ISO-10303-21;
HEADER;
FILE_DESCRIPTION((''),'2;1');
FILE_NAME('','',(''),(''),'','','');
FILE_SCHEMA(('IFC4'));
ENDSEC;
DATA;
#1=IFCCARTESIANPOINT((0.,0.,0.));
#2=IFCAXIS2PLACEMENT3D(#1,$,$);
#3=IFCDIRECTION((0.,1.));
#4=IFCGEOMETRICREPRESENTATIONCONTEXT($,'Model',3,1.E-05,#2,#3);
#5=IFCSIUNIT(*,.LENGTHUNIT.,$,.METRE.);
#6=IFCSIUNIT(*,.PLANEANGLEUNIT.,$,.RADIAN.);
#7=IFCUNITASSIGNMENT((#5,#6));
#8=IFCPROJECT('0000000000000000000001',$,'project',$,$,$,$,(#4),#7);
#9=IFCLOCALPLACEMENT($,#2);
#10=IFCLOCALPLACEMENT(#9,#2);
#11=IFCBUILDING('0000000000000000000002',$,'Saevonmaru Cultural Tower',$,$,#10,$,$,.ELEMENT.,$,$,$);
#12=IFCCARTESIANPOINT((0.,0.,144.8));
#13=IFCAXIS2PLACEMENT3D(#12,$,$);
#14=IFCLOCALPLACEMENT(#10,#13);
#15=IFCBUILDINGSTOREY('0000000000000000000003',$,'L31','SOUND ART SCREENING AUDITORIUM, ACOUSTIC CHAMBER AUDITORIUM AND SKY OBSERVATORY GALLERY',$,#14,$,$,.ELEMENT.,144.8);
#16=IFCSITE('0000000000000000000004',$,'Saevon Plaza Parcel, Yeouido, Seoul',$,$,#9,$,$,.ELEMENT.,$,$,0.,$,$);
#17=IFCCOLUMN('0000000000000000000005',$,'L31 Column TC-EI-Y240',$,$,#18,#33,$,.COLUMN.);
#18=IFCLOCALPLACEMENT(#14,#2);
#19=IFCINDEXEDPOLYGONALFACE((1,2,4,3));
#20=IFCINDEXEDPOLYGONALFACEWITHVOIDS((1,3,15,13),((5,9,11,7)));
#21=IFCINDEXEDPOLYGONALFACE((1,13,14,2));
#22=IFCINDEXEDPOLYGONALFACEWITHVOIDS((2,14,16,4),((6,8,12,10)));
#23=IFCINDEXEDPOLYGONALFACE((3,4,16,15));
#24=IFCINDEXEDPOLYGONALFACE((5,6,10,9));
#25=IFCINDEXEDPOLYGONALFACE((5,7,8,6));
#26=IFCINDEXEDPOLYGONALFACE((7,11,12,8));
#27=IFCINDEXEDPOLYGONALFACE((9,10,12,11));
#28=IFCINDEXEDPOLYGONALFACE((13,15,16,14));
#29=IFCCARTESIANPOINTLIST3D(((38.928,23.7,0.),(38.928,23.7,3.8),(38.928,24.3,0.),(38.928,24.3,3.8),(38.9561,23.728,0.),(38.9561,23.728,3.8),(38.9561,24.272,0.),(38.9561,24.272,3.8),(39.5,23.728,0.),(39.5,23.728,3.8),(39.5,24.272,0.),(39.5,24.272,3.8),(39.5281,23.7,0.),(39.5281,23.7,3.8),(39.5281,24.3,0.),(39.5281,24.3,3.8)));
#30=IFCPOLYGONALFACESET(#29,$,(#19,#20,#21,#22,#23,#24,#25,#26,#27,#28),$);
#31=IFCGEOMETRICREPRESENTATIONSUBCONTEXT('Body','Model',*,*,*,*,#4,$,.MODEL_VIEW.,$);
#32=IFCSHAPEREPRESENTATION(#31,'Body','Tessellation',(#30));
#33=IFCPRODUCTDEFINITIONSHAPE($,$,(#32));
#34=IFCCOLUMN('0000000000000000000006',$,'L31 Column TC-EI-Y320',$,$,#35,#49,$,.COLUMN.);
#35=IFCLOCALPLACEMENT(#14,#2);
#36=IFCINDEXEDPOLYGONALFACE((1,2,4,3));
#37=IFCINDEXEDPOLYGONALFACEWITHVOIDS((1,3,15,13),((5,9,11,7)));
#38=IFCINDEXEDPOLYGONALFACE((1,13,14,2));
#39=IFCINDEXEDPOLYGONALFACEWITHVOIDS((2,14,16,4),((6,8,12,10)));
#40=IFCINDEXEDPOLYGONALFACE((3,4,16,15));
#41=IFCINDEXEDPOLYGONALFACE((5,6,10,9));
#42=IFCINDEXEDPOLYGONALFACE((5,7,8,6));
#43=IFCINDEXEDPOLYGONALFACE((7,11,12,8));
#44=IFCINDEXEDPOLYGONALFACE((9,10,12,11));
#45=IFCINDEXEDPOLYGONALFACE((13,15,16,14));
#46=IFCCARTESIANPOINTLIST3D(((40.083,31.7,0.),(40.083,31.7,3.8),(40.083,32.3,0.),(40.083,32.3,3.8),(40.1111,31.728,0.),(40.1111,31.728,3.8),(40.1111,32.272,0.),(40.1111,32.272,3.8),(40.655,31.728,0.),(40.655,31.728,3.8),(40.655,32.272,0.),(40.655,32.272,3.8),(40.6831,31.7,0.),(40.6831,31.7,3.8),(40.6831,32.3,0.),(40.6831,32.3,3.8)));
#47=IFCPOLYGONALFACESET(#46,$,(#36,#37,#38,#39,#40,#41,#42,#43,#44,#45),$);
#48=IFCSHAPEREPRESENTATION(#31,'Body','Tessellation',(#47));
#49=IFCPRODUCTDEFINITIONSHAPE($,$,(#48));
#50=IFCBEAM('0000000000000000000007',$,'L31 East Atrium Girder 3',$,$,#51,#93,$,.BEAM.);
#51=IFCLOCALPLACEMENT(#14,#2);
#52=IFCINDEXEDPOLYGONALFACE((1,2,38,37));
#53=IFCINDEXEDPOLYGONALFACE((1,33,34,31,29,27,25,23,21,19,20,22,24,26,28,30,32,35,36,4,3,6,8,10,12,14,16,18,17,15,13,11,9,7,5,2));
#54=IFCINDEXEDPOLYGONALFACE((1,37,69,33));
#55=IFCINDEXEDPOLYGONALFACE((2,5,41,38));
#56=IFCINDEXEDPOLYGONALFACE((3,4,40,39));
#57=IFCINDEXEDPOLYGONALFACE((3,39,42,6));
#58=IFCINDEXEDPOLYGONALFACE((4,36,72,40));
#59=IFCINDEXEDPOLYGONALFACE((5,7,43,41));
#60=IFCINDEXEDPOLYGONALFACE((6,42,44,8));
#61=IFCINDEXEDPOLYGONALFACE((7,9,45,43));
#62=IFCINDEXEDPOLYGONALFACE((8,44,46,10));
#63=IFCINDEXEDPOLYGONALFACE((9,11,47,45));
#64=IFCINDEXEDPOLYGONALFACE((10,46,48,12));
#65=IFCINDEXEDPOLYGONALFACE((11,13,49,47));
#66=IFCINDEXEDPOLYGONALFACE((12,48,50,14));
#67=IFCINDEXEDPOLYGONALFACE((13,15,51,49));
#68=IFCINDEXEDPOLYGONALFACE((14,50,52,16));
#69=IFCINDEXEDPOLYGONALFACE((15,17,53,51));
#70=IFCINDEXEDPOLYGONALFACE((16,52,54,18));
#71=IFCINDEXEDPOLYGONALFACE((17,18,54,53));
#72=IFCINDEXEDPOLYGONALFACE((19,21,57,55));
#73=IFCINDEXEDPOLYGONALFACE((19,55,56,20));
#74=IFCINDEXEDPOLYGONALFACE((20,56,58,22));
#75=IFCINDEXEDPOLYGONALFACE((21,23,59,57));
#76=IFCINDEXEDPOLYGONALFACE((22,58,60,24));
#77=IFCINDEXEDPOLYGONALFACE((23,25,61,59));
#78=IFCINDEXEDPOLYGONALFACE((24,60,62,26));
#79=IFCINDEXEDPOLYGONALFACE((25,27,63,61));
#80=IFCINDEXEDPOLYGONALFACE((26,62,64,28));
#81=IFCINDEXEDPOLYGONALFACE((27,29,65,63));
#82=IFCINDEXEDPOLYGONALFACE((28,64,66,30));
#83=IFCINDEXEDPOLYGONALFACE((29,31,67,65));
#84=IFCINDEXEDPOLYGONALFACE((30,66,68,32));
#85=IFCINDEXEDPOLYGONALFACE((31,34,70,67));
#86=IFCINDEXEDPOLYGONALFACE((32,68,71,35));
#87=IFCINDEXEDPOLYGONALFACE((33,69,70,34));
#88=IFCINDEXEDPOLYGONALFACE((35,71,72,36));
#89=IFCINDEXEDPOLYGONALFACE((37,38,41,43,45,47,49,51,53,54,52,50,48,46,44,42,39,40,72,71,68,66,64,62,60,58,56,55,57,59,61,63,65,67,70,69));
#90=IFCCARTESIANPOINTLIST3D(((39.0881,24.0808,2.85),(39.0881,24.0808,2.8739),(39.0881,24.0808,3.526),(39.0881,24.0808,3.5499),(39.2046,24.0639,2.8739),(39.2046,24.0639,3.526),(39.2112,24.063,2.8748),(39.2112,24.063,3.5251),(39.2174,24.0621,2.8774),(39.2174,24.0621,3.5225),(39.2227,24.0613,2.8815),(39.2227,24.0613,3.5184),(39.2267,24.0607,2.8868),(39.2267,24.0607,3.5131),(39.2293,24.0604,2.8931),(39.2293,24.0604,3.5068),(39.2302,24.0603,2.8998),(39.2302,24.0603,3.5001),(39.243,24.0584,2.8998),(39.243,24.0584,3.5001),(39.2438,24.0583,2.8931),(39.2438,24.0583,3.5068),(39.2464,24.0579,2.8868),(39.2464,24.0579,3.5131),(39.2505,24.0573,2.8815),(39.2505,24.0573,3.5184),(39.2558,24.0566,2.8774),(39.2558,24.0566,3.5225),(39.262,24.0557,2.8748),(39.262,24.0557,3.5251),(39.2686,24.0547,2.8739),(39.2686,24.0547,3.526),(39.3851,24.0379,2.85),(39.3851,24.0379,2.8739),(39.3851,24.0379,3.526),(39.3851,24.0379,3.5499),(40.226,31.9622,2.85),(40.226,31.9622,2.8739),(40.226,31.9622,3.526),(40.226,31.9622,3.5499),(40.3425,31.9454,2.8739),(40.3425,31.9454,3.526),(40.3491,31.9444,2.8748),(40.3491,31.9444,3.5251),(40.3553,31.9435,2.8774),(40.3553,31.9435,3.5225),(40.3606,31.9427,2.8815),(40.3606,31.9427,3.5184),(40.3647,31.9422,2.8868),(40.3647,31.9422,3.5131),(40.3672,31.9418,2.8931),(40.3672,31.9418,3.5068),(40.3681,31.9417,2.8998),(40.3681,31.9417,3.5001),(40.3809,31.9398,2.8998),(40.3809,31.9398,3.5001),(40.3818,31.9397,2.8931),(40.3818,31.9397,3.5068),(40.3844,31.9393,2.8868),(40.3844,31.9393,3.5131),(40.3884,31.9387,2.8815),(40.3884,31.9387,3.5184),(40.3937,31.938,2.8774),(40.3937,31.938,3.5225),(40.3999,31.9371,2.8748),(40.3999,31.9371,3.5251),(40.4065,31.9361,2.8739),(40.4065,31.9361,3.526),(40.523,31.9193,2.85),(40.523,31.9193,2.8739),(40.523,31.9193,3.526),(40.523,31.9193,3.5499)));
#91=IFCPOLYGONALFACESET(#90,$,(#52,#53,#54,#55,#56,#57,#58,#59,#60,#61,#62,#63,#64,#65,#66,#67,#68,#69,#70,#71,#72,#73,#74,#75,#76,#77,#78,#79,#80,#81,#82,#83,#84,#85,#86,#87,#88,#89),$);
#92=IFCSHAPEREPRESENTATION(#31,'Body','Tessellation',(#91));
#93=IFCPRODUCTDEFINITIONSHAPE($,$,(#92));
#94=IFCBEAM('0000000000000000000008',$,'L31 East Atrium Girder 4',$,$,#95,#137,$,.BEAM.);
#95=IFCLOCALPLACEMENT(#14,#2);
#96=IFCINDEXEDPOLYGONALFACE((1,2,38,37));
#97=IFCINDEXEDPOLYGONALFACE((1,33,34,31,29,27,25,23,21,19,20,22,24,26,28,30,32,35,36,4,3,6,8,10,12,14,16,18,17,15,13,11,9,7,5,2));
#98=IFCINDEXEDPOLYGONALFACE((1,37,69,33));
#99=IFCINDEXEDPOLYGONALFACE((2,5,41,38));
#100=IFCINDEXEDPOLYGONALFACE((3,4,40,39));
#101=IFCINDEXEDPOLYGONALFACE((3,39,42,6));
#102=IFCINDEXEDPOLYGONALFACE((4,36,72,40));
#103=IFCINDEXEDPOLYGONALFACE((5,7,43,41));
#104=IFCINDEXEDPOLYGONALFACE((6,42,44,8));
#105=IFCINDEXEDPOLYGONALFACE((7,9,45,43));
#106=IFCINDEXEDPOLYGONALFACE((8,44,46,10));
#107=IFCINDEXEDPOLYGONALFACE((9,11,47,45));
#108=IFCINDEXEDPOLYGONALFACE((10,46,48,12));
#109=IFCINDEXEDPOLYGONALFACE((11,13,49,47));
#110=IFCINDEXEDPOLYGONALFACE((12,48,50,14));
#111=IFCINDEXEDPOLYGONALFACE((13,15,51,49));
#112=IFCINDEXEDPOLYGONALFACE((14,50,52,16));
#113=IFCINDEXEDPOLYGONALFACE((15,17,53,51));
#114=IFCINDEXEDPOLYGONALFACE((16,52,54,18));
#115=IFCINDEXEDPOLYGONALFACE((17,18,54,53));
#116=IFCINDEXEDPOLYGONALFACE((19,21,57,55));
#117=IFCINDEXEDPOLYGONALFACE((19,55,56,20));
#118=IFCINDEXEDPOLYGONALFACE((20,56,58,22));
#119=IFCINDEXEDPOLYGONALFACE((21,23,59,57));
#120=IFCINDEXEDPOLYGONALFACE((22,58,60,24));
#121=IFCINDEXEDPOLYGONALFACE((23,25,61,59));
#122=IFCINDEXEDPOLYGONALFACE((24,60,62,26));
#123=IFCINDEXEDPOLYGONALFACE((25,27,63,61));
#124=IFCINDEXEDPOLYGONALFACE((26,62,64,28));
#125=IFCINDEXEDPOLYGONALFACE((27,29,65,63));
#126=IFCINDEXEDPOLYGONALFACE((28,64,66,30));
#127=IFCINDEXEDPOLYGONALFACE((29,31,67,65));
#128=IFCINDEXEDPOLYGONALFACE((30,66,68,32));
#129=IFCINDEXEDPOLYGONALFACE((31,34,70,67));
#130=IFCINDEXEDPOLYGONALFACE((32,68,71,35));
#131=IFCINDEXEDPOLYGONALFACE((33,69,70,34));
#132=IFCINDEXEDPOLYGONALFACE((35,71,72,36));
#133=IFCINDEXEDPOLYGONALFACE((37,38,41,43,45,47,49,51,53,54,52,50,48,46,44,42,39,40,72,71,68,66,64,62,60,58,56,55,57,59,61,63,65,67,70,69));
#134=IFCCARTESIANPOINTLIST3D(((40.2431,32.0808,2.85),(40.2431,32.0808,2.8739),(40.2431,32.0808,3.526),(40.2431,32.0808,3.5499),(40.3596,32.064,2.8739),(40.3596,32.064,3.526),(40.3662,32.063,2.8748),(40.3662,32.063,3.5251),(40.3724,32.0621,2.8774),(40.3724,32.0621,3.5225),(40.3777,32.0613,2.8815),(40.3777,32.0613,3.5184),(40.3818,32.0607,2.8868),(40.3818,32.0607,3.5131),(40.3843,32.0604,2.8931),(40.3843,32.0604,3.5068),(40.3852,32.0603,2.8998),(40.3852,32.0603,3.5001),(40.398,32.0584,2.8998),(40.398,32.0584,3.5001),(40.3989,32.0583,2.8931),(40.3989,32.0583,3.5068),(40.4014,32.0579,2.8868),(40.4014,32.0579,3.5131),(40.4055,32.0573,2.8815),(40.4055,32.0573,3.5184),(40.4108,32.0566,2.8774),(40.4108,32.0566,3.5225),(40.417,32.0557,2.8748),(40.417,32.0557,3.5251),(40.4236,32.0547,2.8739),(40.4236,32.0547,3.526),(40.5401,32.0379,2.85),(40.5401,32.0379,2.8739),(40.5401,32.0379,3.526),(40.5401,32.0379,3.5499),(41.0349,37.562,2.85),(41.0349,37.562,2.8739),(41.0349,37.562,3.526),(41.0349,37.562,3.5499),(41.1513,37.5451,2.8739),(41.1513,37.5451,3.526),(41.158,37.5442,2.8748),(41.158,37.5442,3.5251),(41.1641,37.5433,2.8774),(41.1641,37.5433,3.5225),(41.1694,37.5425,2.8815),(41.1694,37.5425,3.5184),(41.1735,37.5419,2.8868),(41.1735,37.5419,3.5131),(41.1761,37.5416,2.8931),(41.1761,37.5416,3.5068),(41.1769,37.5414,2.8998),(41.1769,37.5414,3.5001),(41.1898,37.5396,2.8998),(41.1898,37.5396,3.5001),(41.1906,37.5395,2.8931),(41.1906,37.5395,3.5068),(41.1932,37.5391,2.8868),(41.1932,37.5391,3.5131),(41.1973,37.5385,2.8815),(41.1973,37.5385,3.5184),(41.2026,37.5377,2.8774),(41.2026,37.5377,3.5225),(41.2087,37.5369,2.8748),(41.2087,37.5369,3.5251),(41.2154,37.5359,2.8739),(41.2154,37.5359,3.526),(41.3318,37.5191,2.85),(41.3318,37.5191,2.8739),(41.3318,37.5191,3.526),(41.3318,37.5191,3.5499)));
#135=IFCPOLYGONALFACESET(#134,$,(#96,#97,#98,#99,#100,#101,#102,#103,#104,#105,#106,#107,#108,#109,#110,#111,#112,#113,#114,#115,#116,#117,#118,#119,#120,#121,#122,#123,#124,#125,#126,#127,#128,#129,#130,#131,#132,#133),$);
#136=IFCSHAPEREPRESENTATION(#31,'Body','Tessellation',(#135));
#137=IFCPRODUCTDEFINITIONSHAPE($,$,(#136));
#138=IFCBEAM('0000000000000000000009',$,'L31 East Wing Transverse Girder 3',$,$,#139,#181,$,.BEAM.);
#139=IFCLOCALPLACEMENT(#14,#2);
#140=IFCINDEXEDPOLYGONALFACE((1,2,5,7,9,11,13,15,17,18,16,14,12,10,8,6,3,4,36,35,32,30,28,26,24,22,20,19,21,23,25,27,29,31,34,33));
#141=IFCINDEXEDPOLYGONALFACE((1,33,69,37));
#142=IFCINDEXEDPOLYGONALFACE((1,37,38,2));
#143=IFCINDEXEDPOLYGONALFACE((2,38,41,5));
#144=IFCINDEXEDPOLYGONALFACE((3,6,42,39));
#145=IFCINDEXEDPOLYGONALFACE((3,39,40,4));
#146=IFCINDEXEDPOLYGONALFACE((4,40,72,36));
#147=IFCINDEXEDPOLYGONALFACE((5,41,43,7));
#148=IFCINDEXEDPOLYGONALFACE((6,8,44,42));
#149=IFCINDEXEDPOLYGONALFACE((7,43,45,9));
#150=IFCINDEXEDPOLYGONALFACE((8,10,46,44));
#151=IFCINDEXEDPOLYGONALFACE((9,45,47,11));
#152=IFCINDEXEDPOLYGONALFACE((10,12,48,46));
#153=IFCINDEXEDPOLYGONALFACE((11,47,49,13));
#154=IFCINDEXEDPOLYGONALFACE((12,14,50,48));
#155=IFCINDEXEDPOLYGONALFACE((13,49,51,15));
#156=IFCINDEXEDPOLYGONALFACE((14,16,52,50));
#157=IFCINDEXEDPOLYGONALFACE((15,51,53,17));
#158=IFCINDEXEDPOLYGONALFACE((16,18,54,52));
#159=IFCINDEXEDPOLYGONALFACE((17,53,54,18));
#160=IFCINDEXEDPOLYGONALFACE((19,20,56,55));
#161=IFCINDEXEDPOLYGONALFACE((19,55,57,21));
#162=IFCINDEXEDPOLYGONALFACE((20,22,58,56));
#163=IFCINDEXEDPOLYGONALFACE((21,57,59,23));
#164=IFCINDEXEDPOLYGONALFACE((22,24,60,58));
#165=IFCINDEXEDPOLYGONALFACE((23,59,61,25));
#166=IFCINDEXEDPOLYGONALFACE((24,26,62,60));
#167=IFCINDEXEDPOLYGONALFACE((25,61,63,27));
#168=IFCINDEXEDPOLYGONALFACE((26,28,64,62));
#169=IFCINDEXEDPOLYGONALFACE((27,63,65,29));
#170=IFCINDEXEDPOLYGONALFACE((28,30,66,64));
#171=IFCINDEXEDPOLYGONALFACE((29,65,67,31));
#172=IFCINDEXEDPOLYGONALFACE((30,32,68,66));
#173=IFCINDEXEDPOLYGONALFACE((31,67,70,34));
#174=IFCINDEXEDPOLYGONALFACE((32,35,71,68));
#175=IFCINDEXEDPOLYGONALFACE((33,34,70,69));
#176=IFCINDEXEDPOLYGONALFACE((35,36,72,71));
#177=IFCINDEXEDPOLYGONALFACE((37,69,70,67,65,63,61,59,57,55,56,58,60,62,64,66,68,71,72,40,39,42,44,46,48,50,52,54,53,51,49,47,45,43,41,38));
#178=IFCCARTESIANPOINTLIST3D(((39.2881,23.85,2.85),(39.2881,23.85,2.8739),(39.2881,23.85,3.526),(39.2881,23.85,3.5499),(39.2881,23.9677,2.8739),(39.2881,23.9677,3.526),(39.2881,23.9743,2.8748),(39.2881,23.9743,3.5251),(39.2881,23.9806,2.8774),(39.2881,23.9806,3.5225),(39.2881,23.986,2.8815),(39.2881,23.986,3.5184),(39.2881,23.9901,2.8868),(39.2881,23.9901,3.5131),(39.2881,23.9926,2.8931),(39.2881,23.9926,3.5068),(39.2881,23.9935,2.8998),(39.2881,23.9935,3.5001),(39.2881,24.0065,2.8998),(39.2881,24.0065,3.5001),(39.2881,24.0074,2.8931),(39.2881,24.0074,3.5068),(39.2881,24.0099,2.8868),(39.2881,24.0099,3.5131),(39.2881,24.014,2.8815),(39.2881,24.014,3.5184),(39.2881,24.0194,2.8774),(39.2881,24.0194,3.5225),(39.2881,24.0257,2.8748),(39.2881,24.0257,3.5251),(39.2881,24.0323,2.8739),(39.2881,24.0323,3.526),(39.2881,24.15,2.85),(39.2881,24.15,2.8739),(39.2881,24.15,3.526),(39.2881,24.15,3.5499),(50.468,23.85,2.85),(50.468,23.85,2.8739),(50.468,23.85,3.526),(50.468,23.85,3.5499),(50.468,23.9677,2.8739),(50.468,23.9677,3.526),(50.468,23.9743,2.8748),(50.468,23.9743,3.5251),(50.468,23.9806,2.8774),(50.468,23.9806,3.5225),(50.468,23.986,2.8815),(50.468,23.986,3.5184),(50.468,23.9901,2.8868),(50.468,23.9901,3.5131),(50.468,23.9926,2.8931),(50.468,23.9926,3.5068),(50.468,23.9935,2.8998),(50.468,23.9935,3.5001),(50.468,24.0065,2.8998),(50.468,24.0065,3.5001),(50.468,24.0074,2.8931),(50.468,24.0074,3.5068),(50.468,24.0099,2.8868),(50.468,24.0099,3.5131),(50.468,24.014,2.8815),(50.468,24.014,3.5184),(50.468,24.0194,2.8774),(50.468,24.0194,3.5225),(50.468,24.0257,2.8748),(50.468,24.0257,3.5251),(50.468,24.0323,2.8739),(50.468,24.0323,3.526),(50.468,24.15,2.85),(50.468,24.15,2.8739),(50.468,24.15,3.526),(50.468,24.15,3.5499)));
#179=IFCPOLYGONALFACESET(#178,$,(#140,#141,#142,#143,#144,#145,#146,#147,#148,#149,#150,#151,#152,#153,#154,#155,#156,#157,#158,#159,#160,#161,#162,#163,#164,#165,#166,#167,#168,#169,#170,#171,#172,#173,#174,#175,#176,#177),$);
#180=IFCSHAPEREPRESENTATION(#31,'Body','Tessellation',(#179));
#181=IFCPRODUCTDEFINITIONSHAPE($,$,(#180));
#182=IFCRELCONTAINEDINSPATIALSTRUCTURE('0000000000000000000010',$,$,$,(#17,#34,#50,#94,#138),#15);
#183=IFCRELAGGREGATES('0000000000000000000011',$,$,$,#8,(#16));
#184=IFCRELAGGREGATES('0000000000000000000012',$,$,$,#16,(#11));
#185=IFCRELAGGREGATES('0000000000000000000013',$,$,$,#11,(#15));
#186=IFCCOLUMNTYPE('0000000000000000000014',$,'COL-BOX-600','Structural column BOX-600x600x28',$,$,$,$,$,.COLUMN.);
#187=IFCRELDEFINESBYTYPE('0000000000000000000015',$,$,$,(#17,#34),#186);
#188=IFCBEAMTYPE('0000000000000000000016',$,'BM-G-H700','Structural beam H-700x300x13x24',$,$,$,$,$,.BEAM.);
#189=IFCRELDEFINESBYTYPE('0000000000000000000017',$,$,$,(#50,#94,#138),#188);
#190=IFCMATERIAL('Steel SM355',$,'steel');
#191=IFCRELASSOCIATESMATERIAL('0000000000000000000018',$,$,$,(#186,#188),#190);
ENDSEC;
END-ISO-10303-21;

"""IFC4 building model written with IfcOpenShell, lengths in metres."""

from ifc_helpers import new_model, si_unit, direction, frame, origin, origin_2d, place, context, subcontext, project, spatial, hollow_rectangle, i_section, extrude, material, material_profile, profile_set, type_object, element, save


model = new_model("IFC4")

# Units and contexts
model_context = context("Model", 3, precision=1e-05, world=origin(), true_north=direction((0.0, 1.0)))
body_context = subcontext(model_context, "Body", "Model", "MODEL_VIEW")
ifc_project = project(units=[si_unit("LENGTHUNIT", "METRE"), si_unit("PLANEANGLEUNIT", "RADIAN")], contexts=[model_context])

# Site, building, storey
site_placement = place(None, origin())
site = spatial("IfcSite", under=ifc_project, at=site_placement, Name="Saevon Plaza Parcel, Yeouido, Seoul", CompositionType="ELEMENT", RefElevation=0.0)
building_placement = place(site_placement, origin())
building = spatial("IfcBuilding", under=site, at=building_placement, Name="Saevonmaru Cultural Tower", CompositionType="ELEMENT")
storey_placement = place(building_placement, frame((0.0, 0.0, 144.8)))
storey = spatial("IfcBuildingStorey", under=building, at=storey_placement, Name="L31", Description="SOUND ART SCREENING AUDITORIUM, ACOUSTIC CHAMBER AUDITORIUM AND SKY OBSERVATORY GALLERY", CompositionType="ELEMENT", Elevation=144.8)

# Columns
ifc_material_1 = material(Name="Steel SM355", Category="steel")
ifc_material_profile_1 = material_profile(ifc_material_1, hollow_rectangle(XDim=0.6001, YDim=0.6001, WallThickness=0.0281, at=origin_2d()), Name="BOX-600x600x28")
ifc_profile_set_1 = profile_set([ifc_material_profile_1], Name="Steel SM355")
column_type = type_object("IfcColumnType", Name="COL-BOX-600", Description="Structural column BOX-600x600x28", PredefinedType="COLUMN", material=ifc_profile_set_1)
for number, where, z_axis, x_axis, name in (
    (1, (39.228, 24.0, 0.0), (0.0, 0.0, 1.0), (1.0, 0.0, 0.0), "L31 Column TC-EI-Y240"),
    (2, (40.3831, 32.0, 0.0), (0.0, 0.0, 1.0), (1.0, 0.0, 0.0), "L31 Column TC-EI-Y320"),
):
    element("IfcColumn", number, at=place(storey_placement, frame(where, z_axis=z_axis, x_axis=x_axis)), inside=storey, type_object=column_type, Name=name, PredefinedType="COLUMN", context=body_context, shape_type="SweptSolid", body=[
        extrude(hollow_rectangle(XDim=0.6001, YDim=0.6001, WallThickness=0.0281, at=origin_2d()), origin(), (0.0, 0.0, 1.0), 3.8),
    ])

# Beams
ifc_material_profile_2 = material_profile(ifc_material_1, i_section(OverallWidth=0.3, OverallDepth=0.7, WebThickness=0.0129, FlangeThickness=0.0239, FilletRadius=0.0259, at=origin_2d()), Name="H-700x300x13x24")
ifc_profile_set_2 = profile_set([ifc_material_profile_2], Name="Steel SM355")
beam_type_1 = type_object("IfcBeamType", Name="BM-G-H700", Description="Structural beam H-700x300x13x24", PredefinedType="BEAM", material=ifc_profile_set_2)
beam_1_placement = place(storey_placement, frame((39.2366, 24.0593, 3.2), z_axis=(0.142902, 0.989737, 0.0), x_axis=(-0.989737, 0.142902, 0.0)))
element("IfcBeam", 3, at=beam_1_placement, inside=storey, type_object=beam_type_1, Name="L31 East Atrium Girder 3", PredefinedType="BEAM", context=body_context, shape_type="SweptSolid", body=[
    extrude(i_section(OverallWidth=0.3, OverallDepth=0.7, WebThickness=0.0129, FlangeThickness=0.0239, FilletRadius=0.0259, at=origin_2d()), origin(), (0.0, 0.0, 1.0), 7.9631),
])
beam_2_placement = place(storey_placement, frame((40.3916, 32.0593, 3.2), z_axis=(0.142964, 0.989728, 0.0), x_axis=(-0.989728, 0.142964, 0.0)))
element("IfcBeam", 4, at=beam_2_placement, inside=storey, type_object=beam_type_1, Name="L31 East Atrium Girder 4", PredefinedType="BEAM", context=body_context, shape_type="SweptSolid", body=[
    extrude(i_section(OverallWidth=0.3, OverallDepth=0.7, WebThickness=0.0129, FlangeThickness=0.0239, FilletRadius=0.0259, at=origin_2d()), origin(), (0.0, 0.0, 1.0), 5.5381),
])
for number, where, z_axis, x_axis, name in (
    (5, (39.2881, 24.0, 3.2), (1.0, 0.0, 0.0), (0.0, 1.0, 0.0), "L31 East Wing Transverse Girder 3"),
):
    element("IfcBeam", number, at=place(storey_placement, frame(where, z_axis=z_axis, x_axis=x_axis)), inside=storey, type_object=beam_type_1, Name=name, PredefinedType="BEAM", context=body_context, shape_type="SweptSolid", body=[
        extrude(i_section(OverallWidth=0.3, OverallDepth=0.7, WebThickness=0.0129, FlangeThickness=0.0239, FilletRadius=0.0259, at=origin_2d()), origin(), (0.0, 0.0, 1.0), 11.1799),
    ])

save(model, "model.ifc")
